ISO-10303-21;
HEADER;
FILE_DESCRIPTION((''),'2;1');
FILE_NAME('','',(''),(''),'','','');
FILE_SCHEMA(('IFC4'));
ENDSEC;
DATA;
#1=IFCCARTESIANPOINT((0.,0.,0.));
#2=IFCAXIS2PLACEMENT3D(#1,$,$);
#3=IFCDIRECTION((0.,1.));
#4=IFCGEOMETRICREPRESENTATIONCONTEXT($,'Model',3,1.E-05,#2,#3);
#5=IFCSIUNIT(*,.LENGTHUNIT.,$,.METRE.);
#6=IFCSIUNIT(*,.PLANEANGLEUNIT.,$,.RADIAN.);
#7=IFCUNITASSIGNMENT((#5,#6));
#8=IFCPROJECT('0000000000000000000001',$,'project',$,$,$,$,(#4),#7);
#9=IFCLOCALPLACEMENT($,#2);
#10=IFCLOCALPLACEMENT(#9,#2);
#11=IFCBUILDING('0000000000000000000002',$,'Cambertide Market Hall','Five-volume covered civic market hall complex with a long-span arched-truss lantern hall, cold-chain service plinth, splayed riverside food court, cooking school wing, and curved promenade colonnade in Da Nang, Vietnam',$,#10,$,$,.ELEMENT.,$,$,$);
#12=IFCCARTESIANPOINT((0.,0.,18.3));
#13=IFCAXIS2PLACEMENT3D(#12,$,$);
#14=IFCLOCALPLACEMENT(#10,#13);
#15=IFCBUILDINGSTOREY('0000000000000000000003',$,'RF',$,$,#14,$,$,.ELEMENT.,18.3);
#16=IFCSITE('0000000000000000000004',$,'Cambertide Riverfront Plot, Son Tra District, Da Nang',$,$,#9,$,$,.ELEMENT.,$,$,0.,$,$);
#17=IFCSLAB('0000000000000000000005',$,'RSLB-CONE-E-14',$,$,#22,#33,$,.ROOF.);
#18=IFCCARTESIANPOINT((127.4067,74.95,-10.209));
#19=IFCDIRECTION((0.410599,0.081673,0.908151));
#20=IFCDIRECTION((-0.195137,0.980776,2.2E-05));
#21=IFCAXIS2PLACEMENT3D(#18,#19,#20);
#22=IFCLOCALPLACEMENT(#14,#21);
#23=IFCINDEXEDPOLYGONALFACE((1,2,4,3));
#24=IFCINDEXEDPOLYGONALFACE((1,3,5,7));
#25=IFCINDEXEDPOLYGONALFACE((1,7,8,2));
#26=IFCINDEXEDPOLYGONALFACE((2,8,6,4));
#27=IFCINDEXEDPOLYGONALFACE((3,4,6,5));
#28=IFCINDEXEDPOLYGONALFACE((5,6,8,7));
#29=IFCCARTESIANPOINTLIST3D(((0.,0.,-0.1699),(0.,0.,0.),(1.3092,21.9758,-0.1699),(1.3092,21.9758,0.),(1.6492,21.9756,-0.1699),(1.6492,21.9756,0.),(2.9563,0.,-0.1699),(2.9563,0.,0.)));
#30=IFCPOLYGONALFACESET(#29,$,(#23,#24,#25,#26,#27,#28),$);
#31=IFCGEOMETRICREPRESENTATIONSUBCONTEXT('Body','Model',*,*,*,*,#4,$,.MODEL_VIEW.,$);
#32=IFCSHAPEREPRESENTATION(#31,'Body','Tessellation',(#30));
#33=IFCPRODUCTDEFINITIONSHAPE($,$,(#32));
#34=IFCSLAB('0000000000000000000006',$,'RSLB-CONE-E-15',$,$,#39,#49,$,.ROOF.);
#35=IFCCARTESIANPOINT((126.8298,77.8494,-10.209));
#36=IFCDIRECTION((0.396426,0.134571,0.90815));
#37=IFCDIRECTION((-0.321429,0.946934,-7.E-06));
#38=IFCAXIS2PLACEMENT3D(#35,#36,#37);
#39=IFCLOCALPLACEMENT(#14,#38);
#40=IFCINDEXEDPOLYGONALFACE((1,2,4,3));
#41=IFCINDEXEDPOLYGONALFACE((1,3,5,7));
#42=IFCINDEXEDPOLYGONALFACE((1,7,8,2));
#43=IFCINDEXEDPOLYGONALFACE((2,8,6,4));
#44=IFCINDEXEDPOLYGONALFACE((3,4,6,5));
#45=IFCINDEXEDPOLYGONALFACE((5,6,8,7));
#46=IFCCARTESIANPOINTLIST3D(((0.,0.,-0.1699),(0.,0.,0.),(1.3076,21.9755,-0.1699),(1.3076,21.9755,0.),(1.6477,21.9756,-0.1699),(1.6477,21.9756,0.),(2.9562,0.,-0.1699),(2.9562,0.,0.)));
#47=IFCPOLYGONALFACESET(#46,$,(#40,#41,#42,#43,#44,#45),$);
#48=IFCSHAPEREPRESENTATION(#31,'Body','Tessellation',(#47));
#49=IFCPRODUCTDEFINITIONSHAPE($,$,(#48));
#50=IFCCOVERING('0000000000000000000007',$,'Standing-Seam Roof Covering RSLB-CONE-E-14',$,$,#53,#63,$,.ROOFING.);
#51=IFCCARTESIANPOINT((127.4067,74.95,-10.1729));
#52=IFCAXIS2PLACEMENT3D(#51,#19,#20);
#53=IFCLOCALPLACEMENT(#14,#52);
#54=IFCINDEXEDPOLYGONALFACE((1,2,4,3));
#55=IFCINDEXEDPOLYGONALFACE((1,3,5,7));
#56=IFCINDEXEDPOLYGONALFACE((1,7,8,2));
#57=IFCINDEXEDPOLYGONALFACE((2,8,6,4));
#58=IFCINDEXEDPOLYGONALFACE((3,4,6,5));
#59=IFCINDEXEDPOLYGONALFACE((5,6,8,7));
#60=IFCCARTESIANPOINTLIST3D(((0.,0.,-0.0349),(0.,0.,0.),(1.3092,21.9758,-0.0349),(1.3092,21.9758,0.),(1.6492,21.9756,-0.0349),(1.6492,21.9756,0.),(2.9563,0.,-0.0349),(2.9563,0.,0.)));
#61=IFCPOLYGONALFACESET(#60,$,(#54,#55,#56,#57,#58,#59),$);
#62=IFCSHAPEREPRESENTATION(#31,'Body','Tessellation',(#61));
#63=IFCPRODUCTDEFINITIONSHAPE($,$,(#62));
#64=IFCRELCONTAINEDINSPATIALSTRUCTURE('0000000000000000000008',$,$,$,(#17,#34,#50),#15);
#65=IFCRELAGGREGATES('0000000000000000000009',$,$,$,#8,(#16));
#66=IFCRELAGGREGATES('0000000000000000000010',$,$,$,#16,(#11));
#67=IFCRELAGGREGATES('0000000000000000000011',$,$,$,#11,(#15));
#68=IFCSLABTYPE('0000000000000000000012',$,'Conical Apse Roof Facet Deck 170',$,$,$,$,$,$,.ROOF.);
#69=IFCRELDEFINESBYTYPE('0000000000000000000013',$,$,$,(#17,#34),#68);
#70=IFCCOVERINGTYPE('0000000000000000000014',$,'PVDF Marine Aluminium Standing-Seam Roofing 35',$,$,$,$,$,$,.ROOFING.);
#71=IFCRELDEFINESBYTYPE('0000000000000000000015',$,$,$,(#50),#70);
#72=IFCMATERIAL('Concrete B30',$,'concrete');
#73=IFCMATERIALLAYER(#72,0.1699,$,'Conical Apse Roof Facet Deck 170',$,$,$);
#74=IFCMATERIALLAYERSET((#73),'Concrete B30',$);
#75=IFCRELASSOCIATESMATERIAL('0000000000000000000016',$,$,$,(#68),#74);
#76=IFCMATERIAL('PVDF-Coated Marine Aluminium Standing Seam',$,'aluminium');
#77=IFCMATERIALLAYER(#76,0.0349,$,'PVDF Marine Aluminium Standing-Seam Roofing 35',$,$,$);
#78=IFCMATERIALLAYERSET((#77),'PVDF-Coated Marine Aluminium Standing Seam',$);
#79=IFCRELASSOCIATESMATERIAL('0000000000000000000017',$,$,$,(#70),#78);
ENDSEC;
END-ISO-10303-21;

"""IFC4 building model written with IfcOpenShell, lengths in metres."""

from ifc_helpers import new_model, si_unit, direction, frame, origin, place, context, subcontext, project, spatial, polyline, outline, extrude, material, layer, layer_set, type_object, element, save


model = new_model("IFC4")

# Units and contexts
model_context = context("Model", 3, precision=1e-05, world=origin(), true_north=direction((0.0, 1.0)))
body_context = subcontext(model_context, "Body", "Model", "MODEL_VIEW")
ifc_project = project(units=[si_unit("LENGTHUNIT", "METRE"), si_unit("PLANEANGLEUNIT", "RADIAN")], contexts=[model_context])

# Site, building, storey
site_placement = place(None, origin())
site = spatial("IfcSite", under=ifc_project, at=site_placement, Name="Cambertide Riverfront Plot, Son Tra District, Da Nang", CompositionType="ELEMENT", RefElevation=0.0)
building_placement = place(site_placement, origin())
building = spatial("IfcBuilding", under=site, at=building_placement, Name="Cambertide Market Hall", Description="Five-volume covered civic market hall complex with a long-span arched-truss lantern hall, cold-chain service plinth, splayed riverside food court, cooking school wing, and curved promenade colonnade in Da Nang, Vietnam", CompositionType="ELEMENT")
storey_placement = place(building_placement, frame((0.0, 0.0, 18.3)))
storey = spatial("IfcBuildingStorey", under=building, at=storey_placement, Name="RF", CompositionType="ELEMENT", Elevation=18.3)

# Slabs
ifc_material_1 = material(Name="Concrete B30", Category="concrete")
ifc_layer_1 = layer(ifc_material_1, 0.1699, Name="Conical Apse Roof Facet Deck 170")
ifc_layer_set_1 = layer_set([ifc_layer_1], Name="Concrete B30")
slab_type = type_object("IfcSlabType", Name="Conical Apse Roof Facet Deck 170", PredefinedType="ROOF", material=ifc_layer_set_1)
slab_1_placement = place(storey_placement, frame((127.4067, 74.95, -10.209), z_axis=(0.410599, 0.081673, 0.908151), x_axis=(-0.195137, 0.980776, 0.000022)))
element("IfcSlab", 1, at=slab_1_placement, inside=storey, type_object=slab_type, Name="RSLB-CONE-E-14", PredefinedType="ROOF", context=body_context, shape_type="SweptSolid", body=[
    extrude(outline(polyline([(0.0, 0.0), (2.9563, 0.0), (1.6492, 21.9756), (1.3092, 21.9758), (0.0, 0.0)])), origin(), (0.0, 0.0, -1.0), 0.1699),
])
slab_2_placement = place(storey_placement, frame((126.8298, 77.8494, -10.209), z_axis=(0.396426, 0.134571, 0.90815), x_axis=(-0.321429, 0.946934, -0.000007)))
element("IfcSlab", 2, at=slab_2_placement, inside=storey, type_object=slab_type, Name="RSLB-CONE-E-15", PredefinedType="ROOF", context=body_context, shape_type="SweptSolid", body=[
    extrude(outline(polyline([(0.0, 0.0), (2.9562, 0.0), (1.6477, 21.9756), (1.3076, 21.9755), (0.0, 0.0)])), origin(), (0.0, 0.0, -1.0), 0.1699),
])

# Covering
ifc_material_2 = material(Name="PVDF-Coated Marine Aluminium Standing Seam", Category="aluminium")
ifc_layer_2 = layer(ifc_material_2, 0.0349, Name="PVDF Marine Aluminium Standing-Seam Roofing 35")
ifc_layer_set_2 = layer_set([ifc_layer_2], Name="PVDF-Coated Marine Aluminium Standing Seam")
covering_type = type_object("IfcCoveringType", Name="PVDF Marine Aluminium Standing-Seam Roofing 35", PredefinedType="ROOFING", material=ifc_layer_set_2)
covering_1_placement = place(storey_placement, frame((127.4067, 74.95, -10.1729), z_axis=(0.410599, 0.081673, 0.908151), x_axis=(-0.195137, 0.980776, 0.000022)))
element("IfcCovering", 3, at=covering_1_placement, inside=storey, type_object=covering_type, Name="Standing-Seam Roof Covering RSLB-CONE-E-14", PredefinedType="ROOFING", context=body_context, shape_type="SweptSolid", body=[
    extrude(outline(polyline([(0.0, 0.0), (2.9563, 0.0), (1.6492, 21.9756), (1.3092, 21.9758), (0.0, 0.0)])), origin(), (0.0, 0.0, -1.0), 0.0349),
])

save(model, "model.ifc")
